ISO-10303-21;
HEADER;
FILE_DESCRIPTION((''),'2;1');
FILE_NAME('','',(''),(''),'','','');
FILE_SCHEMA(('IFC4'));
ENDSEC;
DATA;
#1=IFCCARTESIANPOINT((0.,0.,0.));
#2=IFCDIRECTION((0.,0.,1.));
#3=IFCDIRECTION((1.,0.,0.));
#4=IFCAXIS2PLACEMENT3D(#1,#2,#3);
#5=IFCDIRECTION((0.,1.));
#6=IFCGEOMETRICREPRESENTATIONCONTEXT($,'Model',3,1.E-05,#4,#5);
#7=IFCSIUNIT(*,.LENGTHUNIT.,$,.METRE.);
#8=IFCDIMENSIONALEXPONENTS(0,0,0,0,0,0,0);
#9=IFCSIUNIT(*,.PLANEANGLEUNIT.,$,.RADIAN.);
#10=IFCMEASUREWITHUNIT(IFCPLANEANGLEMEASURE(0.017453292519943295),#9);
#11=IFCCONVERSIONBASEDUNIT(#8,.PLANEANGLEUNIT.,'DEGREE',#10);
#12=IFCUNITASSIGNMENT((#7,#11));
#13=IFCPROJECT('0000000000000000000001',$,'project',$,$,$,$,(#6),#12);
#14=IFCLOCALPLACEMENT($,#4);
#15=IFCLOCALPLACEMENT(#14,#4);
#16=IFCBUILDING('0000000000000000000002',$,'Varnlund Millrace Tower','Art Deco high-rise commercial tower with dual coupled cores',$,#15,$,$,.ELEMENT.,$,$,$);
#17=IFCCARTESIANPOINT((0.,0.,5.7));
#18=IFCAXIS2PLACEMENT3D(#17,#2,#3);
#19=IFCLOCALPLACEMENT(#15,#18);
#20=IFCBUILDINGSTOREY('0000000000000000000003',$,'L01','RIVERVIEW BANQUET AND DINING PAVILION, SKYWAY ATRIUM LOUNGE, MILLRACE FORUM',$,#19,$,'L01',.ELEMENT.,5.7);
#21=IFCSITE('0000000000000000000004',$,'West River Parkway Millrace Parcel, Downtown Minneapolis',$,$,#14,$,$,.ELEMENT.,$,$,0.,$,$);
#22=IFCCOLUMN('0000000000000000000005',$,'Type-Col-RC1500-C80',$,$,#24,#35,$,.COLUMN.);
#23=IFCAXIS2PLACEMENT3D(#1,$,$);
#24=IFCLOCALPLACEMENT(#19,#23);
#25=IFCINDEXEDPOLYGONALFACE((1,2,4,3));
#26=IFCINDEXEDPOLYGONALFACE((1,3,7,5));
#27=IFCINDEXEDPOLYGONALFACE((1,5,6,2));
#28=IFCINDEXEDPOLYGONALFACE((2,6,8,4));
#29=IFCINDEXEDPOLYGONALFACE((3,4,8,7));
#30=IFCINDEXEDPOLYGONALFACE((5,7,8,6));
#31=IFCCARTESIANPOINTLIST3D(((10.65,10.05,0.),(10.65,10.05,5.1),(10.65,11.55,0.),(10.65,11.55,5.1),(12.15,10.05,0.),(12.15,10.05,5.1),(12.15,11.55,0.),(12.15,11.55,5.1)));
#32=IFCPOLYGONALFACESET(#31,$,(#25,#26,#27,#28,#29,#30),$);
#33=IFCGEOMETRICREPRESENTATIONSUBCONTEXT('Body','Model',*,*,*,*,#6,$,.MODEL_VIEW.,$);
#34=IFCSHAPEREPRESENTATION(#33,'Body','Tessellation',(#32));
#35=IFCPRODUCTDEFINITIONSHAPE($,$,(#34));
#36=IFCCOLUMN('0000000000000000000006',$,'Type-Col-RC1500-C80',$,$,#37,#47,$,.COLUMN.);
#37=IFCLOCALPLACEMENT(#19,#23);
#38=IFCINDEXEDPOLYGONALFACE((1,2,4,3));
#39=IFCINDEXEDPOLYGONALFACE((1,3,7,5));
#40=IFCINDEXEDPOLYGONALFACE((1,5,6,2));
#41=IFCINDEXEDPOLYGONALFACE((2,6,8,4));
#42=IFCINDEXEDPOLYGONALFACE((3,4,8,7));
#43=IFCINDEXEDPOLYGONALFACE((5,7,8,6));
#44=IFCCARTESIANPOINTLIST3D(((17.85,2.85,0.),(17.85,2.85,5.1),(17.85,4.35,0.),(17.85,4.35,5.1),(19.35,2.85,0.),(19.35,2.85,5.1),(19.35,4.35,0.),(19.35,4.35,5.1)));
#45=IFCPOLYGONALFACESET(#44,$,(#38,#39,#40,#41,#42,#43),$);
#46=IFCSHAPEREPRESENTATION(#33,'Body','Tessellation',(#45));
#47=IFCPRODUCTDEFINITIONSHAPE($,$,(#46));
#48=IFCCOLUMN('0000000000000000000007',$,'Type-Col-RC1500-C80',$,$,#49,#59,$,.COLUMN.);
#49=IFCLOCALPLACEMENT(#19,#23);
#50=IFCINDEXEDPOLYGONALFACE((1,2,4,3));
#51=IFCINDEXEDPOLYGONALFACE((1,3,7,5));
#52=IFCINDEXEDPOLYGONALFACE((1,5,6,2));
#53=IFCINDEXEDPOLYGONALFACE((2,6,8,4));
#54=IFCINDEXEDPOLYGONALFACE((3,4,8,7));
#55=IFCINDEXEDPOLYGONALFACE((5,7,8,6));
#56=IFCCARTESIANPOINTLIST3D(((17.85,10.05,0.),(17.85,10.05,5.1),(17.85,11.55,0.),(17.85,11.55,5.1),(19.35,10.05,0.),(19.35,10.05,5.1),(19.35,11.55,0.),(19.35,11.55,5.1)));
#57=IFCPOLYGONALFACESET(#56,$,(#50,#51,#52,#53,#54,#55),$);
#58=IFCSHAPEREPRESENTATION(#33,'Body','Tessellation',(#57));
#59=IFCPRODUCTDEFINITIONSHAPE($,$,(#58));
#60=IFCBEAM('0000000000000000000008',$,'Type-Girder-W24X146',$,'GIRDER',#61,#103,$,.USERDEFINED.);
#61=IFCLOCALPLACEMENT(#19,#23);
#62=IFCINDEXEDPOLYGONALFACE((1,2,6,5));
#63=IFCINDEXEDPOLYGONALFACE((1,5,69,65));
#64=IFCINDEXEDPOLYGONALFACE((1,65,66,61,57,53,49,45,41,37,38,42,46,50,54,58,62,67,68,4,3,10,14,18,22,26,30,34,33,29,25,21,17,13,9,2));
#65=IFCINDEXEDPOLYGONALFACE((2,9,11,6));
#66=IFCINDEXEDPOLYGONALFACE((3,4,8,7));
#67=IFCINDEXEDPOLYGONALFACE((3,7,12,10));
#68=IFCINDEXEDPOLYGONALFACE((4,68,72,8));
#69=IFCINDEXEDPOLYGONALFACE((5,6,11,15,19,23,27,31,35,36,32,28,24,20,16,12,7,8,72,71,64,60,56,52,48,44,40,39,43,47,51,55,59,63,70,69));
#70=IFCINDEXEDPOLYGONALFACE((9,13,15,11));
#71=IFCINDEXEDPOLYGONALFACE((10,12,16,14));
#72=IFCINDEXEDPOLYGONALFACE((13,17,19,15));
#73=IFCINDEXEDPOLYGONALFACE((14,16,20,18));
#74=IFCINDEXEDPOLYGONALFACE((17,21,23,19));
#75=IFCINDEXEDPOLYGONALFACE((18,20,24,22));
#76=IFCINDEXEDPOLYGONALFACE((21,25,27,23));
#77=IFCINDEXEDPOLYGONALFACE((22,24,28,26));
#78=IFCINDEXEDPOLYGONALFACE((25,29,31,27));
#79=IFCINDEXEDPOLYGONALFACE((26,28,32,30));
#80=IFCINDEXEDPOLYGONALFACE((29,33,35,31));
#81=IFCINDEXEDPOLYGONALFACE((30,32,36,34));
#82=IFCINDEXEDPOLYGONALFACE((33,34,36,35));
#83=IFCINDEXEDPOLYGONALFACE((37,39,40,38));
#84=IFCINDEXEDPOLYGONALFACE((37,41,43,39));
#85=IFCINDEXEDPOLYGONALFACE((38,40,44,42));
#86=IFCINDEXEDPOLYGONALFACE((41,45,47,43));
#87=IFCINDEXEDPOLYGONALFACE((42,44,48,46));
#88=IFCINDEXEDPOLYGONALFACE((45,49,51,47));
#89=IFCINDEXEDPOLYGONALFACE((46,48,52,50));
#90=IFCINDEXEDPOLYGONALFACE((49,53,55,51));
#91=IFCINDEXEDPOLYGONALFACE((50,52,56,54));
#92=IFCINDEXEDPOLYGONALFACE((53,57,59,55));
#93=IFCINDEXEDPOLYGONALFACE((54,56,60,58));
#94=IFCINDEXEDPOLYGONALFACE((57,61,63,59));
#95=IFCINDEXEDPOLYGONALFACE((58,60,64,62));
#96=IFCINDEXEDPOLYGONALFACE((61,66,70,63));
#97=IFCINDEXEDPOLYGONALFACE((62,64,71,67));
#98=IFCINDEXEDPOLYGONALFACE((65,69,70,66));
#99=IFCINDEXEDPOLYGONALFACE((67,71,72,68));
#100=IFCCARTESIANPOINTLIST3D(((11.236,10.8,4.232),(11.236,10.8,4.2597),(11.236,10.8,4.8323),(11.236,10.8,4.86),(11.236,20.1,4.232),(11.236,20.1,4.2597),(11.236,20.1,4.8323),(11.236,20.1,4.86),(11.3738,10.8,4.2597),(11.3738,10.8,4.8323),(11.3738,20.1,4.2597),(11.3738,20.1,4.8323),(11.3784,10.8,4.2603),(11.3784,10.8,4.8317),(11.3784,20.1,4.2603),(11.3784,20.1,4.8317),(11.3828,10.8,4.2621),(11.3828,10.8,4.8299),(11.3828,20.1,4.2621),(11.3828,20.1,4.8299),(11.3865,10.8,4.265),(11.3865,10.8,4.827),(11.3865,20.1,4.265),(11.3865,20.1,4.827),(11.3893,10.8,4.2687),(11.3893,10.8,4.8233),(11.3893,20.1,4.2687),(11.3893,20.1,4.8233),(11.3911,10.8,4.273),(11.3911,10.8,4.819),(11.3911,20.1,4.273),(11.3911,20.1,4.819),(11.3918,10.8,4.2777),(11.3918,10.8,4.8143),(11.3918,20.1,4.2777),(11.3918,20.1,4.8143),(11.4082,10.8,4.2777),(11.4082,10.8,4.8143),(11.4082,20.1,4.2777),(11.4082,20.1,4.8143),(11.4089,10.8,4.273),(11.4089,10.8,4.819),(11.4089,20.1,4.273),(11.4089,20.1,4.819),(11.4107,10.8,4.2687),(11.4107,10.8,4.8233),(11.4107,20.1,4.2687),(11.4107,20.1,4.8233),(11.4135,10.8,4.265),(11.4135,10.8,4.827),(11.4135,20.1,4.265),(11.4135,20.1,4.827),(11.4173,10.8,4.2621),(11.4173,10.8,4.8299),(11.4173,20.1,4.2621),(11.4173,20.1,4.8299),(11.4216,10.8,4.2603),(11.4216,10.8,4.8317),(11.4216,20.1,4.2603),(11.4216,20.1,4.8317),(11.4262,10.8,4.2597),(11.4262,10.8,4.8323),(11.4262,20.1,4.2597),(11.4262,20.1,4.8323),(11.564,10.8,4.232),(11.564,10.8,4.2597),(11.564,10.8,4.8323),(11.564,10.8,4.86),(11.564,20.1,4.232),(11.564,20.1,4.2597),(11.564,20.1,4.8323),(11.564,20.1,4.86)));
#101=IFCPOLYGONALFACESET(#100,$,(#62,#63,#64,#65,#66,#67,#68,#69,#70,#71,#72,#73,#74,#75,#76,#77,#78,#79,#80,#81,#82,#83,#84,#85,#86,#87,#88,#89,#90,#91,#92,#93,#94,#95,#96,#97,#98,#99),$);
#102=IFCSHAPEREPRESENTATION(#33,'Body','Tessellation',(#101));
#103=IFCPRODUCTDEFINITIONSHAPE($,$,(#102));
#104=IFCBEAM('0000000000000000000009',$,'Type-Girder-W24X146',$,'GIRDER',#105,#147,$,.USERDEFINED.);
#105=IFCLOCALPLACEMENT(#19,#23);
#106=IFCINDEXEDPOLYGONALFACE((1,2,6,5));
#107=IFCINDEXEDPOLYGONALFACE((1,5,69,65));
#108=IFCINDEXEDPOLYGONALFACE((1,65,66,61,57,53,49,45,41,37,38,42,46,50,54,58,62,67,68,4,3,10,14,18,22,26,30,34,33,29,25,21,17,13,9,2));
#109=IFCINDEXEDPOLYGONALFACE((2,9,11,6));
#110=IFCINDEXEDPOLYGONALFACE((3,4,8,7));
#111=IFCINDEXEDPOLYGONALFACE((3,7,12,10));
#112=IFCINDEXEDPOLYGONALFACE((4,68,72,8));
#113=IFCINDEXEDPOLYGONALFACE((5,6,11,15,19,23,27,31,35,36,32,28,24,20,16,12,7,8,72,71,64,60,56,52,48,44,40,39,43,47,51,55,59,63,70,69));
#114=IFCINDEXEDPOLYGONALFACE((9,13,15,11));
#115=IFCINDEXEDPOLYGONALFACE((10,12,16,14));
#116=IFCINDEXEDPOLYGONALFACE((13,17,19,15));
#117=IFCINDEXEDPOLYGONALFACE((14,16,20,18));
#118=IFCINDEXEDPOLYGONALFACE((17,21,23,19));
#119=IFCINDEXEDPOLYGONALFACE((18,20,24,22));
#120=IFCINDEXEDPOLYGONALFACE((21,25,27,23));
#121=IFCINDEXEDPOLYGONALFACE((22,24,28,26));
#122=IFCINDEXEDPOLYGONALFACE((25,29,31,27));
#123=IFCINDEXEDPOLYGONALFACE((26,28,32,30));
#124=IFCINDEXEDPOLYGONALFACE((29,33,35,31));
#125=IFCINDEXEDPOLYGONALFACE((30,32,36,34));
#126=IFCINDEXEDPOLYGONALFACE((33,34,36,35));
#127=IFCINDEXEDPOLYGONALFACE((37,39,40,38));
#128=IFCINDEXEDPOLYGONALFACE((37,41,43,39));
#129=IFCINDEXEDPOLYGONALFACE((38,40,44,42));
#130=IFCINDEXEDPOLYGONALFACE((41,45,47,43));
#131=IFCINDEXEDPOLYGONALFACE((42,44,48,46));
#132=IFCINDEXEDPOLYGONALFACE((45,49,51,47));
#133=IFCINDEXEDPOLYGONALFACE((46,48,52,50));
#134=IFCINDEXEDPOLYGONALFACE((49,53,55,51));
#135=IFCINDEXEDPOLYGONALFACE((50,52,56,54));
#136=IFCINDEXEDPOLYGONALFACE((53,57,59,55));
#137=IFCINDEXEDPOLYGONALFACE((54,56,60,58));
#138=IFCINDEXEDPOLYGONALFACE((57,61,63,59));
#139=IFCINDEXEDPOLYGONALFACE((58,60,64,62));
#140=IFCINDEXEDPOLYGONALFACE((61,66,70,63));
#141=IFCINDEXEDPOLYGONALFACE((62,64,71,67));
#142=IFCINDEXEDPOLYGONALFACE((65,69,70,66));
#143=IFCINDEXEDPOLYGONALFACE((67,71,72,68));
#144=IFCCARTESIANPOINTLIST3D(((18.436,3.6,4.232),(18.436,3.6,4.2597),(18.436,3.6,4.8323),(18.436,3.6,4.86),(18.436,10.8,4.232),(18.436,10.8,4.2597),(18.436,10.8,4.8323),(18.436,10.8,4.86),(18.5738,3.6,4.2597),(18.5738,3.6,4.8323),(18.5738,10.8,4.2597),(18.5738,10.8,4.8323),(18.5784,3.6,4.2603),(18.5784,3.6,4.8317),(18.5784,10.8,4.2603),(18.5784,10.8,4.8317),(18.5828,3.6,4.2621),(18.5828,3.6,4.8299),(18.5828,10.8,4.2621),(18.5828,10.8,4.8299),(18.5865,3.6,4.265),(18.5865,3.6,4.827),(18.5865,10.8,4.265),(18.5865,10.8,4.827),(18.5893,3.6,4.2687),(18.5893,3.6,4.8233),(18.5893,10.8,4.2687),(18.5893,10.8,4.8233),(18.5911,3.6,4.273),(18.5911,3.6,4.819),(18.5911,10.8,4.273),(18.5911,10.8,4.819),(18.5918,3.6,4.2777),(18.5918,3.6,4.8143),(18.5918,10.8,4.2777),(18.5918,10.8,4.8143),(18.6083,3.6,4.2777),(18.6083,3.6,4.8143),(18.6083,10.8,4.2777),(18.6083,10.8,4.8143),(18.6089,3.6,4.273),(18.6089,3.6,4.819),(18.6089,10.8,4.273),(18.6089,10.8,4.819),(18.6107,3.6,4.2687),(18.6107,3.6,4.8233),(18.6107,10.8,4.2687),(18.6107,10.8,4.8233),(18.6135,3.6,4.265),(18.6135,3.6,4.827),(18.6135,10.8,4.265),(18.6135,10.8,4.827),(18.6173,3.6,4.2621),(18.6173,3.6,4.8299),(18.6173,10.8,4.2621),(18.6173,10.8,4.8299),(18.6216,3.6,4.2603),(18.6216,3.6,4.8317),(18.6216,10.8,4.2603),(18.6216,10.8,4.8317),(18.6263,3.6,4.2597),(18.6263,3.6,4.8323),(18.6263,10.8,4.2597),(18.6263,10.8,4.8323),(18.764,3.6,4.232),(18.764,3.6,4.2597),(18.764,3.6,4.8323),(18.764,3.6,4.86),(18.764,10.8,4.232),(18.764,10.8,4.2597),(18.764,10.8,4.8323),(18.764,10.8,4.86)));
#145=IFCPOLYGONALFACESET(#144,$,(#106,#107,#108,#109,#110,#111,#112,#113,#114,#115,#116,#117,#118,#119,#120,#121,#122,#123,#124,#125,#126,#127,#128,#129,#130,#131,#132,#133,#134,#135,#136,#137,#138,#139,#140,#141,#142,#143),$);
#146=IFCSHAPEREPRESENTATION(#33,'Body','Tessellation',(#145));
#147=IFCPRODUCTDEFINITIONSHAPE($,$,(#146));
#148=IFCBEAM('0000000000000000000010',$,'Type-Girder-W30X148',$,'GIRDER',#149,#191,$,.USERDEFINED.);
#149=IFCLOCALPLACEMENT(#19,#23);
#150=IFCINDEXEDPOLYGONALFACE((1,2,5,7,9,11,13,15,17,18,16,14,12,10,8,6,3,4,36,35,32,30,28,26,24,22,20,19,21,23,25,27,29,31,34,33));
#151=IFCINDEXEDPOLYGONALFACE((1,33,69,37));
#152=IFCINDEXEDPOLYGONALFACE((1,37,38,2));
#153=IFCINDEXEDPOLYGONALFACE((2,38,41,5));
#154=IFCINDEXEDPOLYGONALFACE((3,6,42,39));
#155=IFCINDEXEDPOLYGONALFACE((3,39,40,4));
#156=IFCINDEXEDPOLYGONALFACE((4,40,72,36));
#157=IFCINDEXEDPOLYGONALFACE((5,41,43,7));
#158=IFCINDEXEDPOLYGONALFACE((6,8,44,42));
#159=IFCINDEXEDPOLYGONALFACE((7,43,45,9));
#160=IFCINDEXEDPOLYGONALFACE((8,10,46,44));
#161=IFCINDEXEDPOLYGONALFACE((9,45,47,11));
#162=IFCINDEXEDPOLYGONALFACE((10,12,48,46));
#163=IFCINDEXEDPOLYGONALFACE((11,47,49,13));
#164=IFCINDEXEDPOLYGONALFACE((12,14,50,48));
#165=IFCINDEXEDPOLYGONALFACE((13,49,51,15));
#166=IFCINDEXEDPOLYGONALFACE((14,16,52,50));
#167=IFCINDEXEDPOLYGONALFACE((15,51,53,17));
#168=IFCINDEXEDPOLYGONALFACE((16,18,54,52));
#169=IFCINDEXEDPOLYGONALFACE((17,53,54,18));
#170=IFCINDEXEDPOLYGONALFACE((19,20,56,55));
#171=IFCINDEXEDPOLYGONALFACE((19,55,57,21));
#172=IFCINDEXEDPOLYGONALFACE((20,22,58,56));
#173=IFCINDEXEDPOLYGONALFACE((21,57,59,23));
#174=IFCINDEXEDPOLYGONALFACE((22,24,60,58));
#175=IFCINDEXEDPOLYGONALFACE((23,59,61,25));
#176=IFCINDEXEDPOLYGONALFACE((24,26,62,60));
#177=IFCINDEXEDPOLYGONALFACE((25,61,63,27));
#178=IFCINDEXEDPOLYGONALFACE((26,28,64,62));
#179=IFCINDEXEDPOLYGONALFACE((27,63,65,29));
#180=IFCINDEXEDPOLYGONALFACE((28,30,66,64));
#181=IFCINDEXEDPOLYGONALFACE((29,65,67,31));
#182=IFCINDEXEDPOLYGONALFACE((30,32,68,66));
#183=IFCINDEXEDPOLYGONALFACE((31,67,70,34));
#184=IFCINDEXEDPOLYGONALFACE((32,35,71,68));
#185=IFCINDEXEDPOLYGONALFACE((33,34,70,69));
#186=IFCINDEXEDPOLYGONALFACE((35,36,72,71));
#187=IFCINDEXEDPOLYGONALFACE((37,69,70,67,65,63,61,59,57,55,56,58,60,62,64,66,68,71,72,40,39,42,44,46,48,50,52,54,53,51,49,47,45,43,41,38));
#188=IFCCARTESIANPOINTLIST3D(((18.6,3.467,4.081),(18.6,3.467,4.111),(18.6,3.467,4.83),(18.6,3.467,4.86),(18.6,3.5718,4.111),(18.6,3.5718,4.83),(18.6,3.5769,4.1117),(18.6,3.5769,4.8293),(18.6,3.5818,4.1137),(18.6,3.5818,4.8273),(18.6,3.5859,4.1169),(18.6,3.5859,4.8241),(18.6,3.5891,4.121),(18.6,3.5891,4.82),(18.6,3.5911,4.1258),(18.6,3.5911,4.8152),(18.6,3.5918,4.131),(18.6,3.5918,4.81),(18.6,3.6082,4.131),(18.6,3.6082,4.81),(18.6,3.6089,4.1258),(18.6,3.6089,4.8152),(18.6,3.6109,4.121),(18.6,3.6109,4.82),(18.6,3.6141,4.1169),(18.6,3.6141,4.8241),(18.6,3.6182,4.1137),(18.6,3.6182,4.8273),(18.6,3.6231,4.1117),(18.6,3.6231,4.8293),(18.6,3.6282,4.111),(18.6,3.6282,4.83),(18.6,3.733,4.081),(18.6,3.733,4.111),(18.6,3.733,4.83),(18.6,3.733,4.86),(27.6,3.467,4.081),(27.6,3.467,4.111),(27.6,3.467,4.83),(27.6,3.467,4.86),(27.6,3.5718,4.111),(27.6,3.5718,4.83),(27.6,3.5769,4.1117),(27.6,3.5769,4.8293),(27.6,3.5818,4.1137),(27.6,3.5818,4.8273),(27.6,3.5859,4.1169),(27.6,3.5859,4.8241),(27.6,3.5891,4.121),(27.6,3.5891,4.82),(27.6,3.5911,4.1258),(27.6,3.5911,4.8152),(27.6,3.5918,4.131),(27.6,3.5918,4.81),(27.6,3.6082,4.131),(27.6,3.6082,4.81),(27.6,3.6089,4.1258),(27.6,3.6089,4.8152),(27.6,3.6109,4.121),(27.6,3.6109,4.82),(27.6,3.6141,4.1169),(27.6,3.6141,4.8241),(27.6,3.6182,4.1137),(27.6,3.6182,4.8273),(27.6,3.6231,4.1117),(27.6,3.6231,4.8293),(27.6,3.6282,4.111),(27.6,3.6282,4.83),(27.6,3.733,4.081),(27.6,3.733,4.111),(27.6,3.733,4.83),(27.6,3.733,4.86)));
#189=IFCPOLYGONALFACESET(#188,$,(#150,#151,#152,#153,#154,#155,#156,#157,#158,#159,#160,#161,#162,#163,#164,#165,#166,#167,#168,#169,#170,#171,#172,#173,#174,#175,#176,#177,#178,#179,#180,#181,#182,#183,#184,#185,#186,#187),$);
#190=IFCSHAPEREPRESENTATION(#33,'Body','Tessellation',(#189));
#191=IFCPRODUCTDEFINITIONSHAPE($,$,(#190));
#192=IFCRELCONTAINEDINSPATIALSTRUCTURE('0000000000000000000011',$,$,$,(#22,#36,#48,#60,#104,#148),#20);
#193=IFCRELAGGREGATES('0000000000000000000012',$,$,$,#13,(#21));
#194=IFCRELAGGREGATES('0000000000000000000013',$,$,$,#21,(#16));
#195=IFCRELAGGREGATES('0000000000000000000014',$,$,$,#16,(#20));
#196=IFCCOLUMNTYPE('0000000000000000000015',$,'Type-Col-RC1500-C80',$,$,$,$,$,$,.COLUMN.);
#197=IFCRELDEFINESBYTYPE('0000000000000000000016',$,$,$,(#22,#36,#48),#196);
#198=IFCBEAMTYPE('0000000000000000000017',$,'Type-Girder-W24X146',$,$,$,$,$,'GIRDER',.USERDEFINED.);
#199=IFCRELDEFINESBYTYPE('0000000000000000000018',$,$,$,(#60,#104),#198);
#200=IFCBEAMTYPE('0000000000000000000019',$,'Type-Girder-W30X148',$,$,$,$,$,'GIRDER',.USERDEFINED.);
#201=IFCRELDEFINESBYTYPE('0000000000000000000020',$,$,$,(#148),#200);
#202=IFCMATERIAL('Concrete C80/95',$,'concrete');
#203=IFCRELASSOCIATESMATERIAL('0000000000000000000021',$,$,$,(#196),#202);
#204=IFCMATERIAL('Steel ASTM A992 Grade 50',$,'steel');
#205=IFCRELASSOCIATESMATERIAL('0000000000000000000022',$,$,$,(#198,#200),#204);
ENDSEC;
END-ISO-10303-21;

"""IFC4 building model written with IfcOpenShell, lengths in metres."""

from ifc_helpers import new_model, entity, si_unit, converted_unit, direction, frame, origin_with_axes, origin_2d_with_axis, place, context, subcontext, project, spatial, rectangle, i_section, extrude, material, material_profile, profile_set, type_object, element, save


model = new_model("IFC4")

# Units and contexts
model_context = context("Model", 3, precision=1e-05, world=origin_with_axes(), true_north=direction((0.0, 1.0)))
body_context = subcontext(model_context, "Body", "Model", "MODEL_VIEW")
ifc_project = project(units=[si_unit("LENGTHUNIT", "METRE"), converted_unit("PLANEANGLEUNIT", "DEGREE", entity("IfcPlaneAngleMeasure", 0.017453292519943295), si_unit("PLANEANGLEUNIT", "RADIAN"), dimensions=[0, 0, 0, 0, 0, 0, 0])], contexts=[model_context])

# Site, building, storey
site_placement = place(None, origin_with_axes())
site = spatial("IfcSite", under=ifc_project, at=site_placement, Name="West River Parkway Millrace Parcel, Downtown Minneapolis", CompositionType="ELEMENT", RefElevation=0.0)
building_placement = place(site_placement, origin_with_axes())
building = spatial("IfcBuilding", under=site, at=building_placement, Name="Varnlund Millrace Tower", Description="Art Deco high-rise commercial tower with dual coupled cores", CompositionType="ELEMENT")
storey_placement = place(building_placement, frame((0.0, 0.0, 5.7), z_axis=(0.0, 0.0, 1.0), x_axis=(1.0, 0.0, 0.0)))
storey = spatial("IfcBuildingStorey", under=building, at=storey_placement, Name="L01", Description="RIVERVIEW BANQUET AND DINING PAVILION, SKYWAY ATRIUM LOUNGE, MILLRACE FORUM", LongName="L01", CompositionType="ELEMENT", Elevation=5.7)

# Columns
ifc_material_1 = material(Name="Concrete C80/95", Category="concrete")
ifc_material_profile_1 = material_profile(ifc_material_1, rectangle(XDim=1.5, YDim=1.5, at=origin_2d_with_axis()), Name="Concrete C80/95")
ifc_profile_set_1 = profile_set([ifc_material_profile_1], Name="Concrete C80/95")
column_type = type_object("IfcColumnType", Name="Type-Col-RC1500-C80", PredefinedType="COLUMN", material=ifc_profile_set_1)
for number, where, z_axis, x_axis, name in (
    (1, (11.4, 10.8, 0.0), (0.0, 0.0, 1.0), (1.0, 0.0, 0.0), "Type-Col-RC1500-C80"),
    (2, (18.6, 3.6, 0.0), (0.0, 0.0, 1.0), (1.0, 0.0, 0.0), "Type-Col-RC1500-C80"),
    (3, (18.6, 10.8, 0.0), (0.0, 0.0, 1.0), (1.0, 0.0, 0.0), "Type-Col-RC1500-C80"),
):
    element("IfcColumn", number, at=place(storey_placement, frame(where, z_axis=z_axis, x_axis=x_axis)), inside=storey, type_object=column_type, Name=name, PredefinedType="COLUMN", context=body_context, shape_type="SweptSolid", body=[
        extrude(rectangle(XDim=1.5, YDim=1.5, at=origin_2d_with_axis()), origin_with_axes(), (0.0, 0.0, 1.0), 5.1),
    ])

# Beams
ifc_material_2 = material(Name="Steel ASTM A992 Grade 50", Category="steel")
ifc_material_profile_2 = material_profile(ifc_material_2, i_section(OverallWidth=0.328, OverallDepth=0.628, WebThickness=0.0165, FlangeThickness=0.0277, FilletRadius=0.018, at=origin_2d_with_axis()), Name="Steel ASTM A992 Grade 50")
ifc_profile_set_2 = profile_set([ifc_material_profile_2], Name="Steel ASTM A992 Grade 50")
beam_type_1 = type_object("IfcBeamType", Name="Type-Girder-W24X146", ElementType="GIRDER", PredefinedType="USERDEFINED", material=ifc_profile_set_2)
beam_1_placement = place(storey_placement, frame((11.4, 10.8, 4.546), z_axis=(0.0, 1.0, 0.0), x_axis=(-1.0, 0.0, 0.0)))
element("IfcBeam", 4, at=beam_1_placement, inside=storey, type_object=beam_type_1, Name="Type-Girder-W24X146", ObjectType="GIRDER", PredefinedType="USERDEFINED", context=body_context, shape_type="SweptSolid", body=[
    extrude(i_section(OverallWidth=0.328, OverallDepth=0.628, WebThickness=0.0165, FlangeThickness=0.0277, FilletRadius=0.018, at=origin_2d_with_axis()), origin_with_axes(), (0.0, 0.0, 1.0), 9.3),
])
beam_2_placement = place(storey_placement, frame((18.6, 3.6, 4.546), z_axis=(0.0, 1.0, 0.0), x_axis=(-1.0, 0.0, 0.0)))
element("IfcBeam", 5, at=beam_2_placement, inside=storey, type_object=beam_type_1, Name="Type-Girder-W24X146", ObjectType="GIRDER", PredefinedType="USERDEFINED", context=body_context, shape_type="SweptSolid", body=[
    extrude(i_section(OverallWidth=0.328, OverallDepth=0.628, WebThickness=0.0165, FlangeThickness=0.0277, FilletRadius=0.018, at=origin_2d_with_axis()), origin_with_axes(), (0.0, 0.0, 1.0), 7.2),
])
ifc_material_profile_3 = material_profile(ifc_material_2, i_section(OverallWidth=0.266, OverallDepth=0.779, WebThickness=0.0165, FlangeThickness=0.03, FilletRadius=0.02, at=origin_2d_with_axis()), Name="Steel ASTM A992 Grade 50")
ifc_profile_set_3 = profile_set([ifc_material_profile_3], Name="Steel ASTM A992 Grade 50")
beam_type_2 = type_object("IfcBeamType", Name="Type-Girder-W30X148", ElementType="GIRDER", PredefinedType="USERDEFINED", material=ifc_profile_set_3)
beam_3_placement = place(storey_placement, frame((18.6, 3.6, 4.4705), z_axis=(1.0, 0.0, 0.0), x_axis=(0.0, 1.0, 0.0)))
element("IfcBeam", 6, at=beam_3_placement, inside=storey, type_object=beam_type_2, Name="Type-Girder-W30X148", ObjectType="GIRDER", PredefinedType="USERDEFINED", context=body_context, shape_type="SweptSolid", body=[
    extrude(i_section(OverallWidth=0.266, OverallDepth=0.779, WebThickness=0.0165, FlangeThickness=0.03, FilletRadius=0.02, at=origin_2d_with_axis()), origin_with_axes(), (0.0, 0.0, 1.0), 9.0),
])

save(model, "model.ifc")
